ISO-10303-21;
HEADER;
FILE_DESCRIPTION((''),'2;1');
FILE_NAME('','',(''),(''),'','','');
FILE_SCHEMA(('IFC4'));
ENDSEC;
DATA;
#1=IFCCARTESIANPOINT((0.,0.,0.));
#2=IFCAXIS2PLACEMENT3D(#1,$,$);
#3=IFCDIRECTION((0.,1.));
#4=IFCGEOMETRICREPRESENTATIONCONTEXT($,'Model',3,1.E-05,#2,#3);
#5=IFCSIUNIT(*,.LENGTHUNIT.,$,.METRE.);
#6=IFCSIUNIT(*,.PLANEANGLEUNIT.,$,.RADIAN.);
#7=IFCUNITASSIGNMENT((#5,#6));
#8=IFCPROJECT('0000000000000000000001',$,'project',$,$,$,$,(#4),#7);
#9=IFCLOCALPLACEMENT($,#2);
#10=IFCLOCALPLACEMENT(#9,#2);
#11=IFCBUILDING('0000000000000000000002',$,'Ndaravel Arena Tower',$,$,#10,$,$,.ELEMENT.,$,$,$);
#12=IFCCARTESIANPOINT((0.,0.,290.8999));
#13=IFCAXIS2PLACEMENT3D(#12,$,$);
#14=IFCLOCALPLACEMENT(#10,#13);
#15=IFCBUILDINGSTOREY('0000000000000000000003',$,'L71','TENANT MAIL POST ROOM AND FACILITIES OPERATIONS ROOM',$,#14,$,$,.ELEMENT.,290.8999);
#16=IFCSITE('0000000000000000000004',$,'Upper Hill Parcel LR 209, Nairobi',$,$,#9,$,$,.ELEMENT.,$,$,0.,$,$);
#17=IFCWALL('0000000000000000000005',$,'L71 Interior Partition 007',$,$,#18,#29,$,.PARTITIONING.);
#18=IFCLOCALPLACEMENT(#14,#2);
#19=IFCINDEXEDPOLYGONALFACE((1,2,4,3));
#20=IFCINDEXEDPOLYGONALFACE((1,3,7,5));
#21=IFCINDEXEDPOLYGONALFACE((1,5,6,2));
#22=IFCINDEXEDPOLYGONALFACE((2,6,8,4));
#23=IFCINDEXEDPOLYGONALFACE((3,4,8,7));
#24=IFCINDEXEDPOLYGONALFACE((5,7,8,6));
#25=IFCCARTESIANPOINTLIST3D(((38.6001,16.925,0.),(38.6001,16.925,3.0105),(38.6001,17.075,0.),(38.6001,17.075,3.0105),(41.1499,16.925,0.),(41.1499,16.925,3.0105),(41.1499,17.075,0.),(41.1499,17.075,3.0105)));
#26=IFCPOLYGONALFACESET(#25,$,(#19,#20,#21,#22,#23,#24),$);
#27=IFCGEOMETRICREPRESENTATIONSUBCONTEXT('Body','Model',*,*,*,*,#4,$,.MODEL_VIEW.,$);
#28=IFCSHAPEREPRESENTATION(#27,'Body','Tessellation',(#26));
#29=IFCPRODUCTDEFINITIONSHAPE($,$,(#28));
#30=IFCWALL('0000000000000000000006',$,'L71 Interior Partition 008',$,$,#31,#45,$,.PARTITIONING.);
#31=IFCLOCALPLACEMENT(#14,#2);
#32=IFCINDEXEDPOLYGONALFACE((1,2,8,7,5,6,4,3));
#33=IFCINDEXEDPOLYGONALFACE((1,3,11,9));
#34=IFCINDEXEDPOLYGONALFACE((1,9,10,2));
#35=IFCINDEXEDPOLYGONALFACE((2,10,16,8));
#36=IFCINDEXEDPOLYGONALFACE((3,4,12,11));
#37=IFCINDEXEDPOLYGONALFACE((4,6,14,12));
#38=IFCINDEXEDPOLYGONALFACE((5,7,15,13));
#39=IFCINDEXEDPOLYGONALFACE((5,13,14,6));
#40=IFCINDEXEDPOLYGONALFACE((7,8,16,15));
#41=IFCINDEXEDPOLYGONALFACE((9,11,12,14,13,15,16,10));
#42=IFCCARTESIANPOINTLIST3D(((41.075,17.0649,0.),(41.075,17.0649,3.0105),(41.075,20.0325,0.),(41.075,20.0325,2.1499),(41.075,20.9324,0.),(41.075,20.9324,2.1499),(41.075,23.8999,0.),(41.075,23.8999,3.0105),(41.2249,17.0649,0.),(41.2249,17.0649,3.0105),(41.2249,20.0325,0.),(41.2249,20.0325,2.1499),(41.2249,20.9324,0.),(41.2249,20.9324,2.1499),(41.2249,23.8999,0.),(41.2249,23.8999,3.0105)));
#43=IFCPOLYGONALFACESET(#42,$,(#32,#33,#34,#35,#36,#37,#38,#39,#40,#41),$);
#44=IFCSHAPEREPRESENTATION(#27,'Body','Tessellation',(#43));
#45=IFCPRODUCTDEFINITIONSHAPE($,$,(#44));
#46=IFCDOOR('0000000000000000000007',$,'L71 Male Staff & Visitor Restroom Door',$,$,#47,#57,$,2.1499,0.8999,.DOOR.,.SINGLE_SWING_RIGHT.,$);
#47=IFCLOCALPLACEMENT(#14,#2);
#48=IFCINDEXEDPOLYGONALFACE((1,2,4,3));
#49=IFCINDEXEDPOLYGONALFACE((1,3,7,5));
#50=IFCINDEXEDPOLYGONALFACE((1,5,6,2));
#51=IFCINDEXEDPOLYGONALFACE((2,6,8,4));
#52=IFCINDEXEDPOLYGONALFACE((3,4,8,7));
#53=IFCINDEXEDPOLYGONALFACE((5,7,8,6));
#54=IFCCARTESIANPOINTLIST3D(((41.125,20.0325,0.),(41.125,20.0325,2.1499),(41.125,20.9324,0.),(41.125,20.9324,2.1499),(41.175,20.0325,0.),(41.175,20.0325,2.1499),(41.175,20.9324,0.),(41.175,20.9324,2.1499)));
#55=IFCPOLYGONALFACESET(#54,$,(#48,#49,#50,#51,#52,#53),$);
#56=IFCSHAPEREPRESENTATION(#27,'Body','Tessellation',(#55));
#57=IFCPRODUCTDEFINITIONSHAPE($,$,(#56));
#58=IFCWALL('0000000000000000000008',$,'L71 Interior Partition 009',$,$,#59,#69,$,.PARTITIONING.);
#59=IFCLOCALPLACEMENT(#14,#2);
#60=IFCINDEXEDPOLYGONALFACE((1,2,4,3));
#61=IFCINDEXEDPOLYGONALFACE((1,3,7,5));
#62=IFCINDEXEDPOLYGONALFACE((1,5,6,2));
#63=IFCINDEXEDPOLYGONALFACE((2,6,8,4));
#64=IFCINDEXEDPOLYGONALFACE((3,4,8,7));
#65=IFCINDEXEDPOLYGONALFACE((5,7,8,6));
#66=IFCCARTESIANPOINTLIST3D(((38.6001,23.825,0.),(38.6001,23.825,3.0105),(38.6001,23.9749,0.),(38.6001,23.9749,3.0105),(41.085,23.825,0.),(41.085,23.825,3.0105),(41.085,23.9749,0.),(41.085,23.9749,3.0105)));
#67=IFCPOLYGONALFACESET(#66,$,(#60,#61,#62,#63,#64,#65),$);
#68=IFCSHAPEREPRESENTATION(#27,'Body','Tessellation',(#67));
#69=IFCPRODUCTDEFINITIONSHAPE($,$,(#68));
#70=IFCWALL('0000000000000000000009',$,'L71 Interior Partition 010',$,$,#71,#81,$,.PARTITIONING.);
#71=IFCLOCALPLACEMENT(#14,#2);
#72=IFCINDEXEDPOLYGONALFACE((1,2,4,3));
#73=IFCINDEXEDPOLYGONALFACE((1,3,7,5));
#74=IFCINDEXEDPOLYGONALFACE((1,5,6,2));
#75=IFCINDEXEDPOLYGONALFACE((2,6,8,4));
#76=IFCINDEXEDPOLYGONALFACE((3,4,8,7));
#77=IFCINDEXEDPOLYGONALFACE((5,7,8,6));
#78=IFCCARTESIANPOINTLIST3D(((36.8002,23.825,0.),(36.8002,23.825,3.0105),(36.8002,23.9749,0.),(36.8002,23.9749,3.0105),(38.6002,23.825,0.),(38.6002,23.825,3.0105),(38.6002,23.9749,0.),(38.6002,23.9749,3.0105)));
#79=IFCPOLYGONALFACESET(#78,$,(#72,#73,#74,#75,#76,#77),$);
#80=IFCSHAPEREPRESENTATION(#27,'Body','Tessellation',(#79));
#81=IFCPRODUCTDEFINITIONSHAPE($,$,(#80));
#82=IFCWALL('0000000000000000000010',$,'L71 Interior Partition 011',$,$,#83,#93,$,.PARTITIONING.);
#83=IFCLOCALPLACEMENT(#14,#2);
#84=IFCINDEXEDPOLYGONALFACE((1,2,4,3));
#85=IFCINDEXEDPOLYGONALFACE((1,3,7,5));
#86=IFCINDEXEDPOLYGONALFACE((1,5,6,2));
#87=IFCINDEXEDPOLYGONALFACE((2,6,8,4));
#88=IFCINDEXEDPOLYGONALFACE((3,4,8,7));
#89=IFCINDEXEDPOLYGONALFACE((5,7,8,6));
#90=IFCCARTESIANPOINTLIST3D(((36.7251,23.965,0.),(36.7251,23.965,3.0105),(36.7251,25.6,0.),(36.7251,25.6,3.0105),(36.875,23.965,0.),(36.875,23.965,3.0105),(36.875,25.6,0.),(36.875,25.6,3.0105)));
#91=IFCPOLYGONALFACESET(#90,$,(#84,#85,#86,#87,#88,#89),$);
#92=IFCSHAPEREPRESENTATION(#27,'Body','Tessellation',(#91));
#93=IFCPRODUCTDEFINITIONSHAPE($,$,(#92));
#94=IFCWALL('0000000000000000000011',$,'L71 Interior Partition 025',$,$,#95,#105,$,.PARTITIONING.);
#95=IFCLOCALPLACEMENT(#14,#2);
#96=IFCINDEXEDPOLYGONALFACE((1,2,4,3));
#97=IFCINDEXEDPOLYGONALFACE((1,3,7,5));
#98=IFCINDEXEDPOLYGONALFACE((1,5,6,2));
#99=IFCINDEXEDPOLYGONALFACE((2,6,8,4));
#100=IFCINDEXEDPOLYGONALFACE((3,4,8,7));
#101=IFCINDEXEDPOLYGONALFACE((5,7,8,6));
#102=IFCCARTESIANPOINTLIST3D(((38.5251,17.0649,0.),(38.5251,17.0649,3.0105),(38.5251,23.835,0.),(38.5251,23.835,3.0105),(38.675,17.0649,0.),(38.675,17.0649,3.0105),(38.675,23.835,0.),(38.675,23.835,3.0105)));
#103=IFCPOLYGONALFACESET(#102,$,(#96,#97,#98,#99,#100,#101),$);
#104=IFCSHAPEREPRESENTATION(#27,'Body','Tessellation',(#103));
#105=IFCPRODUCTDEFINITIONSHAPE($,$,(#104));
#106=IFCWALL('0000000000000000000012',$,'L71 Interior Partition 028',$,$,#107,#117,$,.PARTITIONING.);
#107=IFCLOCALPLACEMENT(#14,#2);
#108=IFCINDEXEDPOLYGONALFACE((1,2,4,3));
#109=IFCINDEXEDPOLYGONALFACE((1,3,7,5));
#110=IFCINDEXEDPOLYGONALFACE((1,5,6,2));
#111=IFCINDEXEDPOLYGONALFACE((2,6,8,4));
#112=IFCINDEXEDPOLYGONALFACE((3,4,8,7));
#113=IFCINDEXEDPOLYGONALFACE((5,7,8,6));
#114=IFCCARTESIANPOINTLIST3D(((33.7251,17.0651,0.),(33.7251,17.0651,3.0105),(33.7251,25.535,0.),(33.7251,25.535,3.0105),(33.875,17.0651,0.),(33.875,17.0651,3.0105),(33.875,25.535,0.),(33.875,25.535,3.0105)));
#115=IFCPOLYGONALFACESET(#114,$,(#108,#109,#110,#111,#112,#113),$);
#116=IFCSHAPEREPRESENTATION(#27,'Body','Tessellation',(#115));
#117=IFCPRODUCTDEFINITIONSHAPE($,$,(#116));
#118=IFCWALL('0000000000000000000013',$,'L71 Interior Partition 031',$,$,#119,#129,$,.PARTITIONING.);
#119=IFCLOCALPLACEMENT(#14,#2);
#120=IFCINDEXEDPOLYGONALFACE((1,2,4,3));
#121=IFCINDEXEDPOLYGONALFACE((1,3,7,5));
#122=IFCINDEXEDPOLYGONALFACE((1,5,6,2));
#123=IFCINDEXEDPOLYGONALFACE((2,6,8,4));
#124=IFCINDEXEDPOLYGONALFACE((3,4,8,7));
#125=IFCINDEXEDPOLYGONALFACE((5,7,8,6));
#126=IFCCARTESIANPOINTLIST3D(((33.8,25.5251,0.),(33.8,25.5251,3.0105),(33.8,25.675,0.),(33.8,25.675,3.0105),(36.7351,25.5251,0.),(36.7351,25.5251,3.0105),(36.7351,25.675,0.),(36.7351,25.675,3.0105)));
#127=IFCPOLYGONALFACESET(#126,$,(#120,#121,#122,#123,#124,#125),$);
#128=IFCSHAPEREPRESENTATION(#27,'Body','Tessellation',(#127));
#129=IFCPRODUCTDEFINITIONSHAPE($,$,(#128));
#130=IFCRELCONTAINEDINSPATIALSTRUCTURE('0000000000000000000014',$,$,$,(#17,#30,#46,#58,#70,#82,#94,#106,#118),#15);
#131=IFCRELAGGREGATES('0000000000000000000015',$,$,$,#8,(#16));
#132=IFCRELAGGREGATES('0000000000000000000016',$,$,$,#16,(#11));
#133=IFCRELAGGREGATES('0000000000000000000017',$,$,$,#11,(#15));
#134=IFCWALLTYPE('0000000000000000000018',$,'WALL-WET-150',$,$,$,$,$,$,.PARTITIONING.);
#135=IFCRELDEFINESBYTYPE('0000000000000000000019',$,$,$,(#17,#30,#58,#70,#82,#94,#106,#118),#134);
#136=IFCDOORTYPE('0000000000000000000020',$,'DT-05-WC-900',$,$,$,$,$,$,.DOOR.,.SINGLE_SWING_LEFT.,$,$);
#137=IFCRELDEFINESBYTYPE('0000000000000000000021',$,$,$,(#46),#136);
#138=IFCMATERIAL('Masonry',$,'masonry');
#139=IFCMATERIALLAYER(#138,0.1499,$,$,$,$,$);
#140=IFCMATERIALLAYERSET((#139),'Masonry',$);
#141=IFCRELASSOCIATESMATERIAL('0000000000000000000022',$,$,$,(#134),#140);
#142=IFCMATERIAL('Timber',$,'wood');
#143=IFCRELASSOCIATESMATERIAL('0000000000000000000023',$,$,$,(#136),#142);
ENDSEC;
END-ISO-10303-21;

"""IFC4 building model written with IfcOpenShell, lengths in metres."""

from ifc_helpers import new_model, si_unit, direction, frame, frame_2d, origin, place, context, subcontext, project, spatial, rectangle, extrude, material, layer, layer_set, type_object, element, fill, save


model = new_model("IFC4")

# Units and contexts
model_context = context("Model", 3, precision=1e-05, world=origin(), true_north=direction((0.0, 1.0)))
body_context = subcontext(model_context, "Body", "Model", "MODEL_VIEW")
ifc_project = project(units=[si_unit("LENGTHUNIT", "METRE"), si_unit("PLANEANGLEUNIT", "RADIAN")], contexts=[model_context])

# Site, building, storey
site_placement = place(None, origin())
site = spatial("IfcSite", under=ifc_project, at=site_placement, Name="Upper Hill Parcel LR 209, Nairobi", CompositionType="ELEMENT", RefElevation=0.0)
building_placement = place(site_placement, origin())
building = spatial("IfcBuilding", under=site, at=building_placement, Name="Ndaravel Arena Tower", CompositionType="ELEMENT")
storey_placement = place(building_placement, frame((0.0, 0.0, 290.8999)))
storey = spatial("IfcBuildingStorey", under=building, at=storey_placement, Name="L71", Description="TENANT MAIL POST ROOM AND FACILITIES OPERATIONS ROOM", CompositionType="ELEMENT", Elevation=290.8999)

# Wall
ifc_material_1 = material(Name="Masonry", Category="masonry")
ifc_layer_1 = layer(ifc_material_1, 0.1499)
ifc_layer_set_1 = layer_set([ifc_layer_1], Name="Masonry")
wall_type_1 = type_object("IfcWallType", Name="WALL-WET-150", PredefinedType="PARTITIONING", material=ifc_layer_set_1)
wall_1_placement = place(storey_placement, frame((38.6001, 17.0, 0.0), z_axis=(0.0, 0.0, 1.0), x_axis=(1.0, 0.0, 0.0)))
element("IfcWall", 1, at=wall_1_placement, inside=storey, type_object=wall_type_1, Name="L71 Interior Partition 007", PredefinedType="PARTITIONING", context=body_context, shape_type="SweptSolid", body=[
    extrude(rectangle(XDim=2.5498, YDim=0.1499, at=frame_2d((1.2749, 0.0))), origin(), (0.0, 0.0, 1.0), 3.0105),
])

# Wall, opening, door
wall_2_placement = place(storey_placement, frame((41.1499, 17.0649, 0.0), z_axis=(0.0, 0.0, 1.0), x_axis=(0.0, 1.0, 0.0)))
wall_2 = element("IfcWall", 2, at=wall_2_placement, inside=storey, type_object=wall_type_1, Name="L71 Interior Partition 008", PredefinedType="PARTITIONING", context=body_context, shape_type="SweptSolid", body=[
    extrude(rectangle(XDim=6.835, YDim=0.1499, at=frame_2d((3.4175, 0.0))), origin(), (0.0, 0.0, 1.0), 3.0105),
])
opening_1_placement = place(wall_2_placement, frame((2.9675, 0.0, 0.0)))
opening_1 = element("IfcOpeningElement", 3, at=opening_1_placement, cuts=wall_2, PredefinedType="OPENING", context=body_context, shape_type="SweptSolid", body=[
    extrude(rectangle(XDim=0.8999, YDim=2.1499, at=frame_2d((0.45, 1.075))), frame((0.0, 0.075, 0.0), z_axis=(0.0, -1.0, 0.0), x_axis=(1.0, 0.0, 0.0)), (0.0, 0.0, 1.0), 0.1499),
])
ifc_material_2 = material(Name="Timber", Category="wood")
door_type_1 = type_object("IfcDoorType", Name="DT-05-WC-900", OperationType="SINGLE_SWING_LEFT", PredefinedType="DOOR", material=ifc_material_2)
door_1_placement = place(opening_1_placement, origin())
door_1 = element("IfcDoor", 4, at=door_1_placement, inside=storey, type_object=door_type_1, Name="L71 Male Staff & Visitor Restroom Door", OperationType="SINGLE_SWING_RIGHT", OverallHeight=2.1499, OverallWidth=0.8999, PredefinedType="DOOR", context=body_context, shape_type="SweptSolid", body=[
    extrude(rectangle(XDim=0.8999, YDim=2.1499, at=frame_2d((0.45, 1.075))), frame((0.0, 0.0249, 0.0), z_axis=(0.0, -1.0, 0.0), x_axis=(1.0, 0.0, 0.0)), (0.0, 0.0, 1.0), 0.05),
])
fill(opening_1, door_1)

# Walls
wall_3_placement = place(storey_placement, frame((41.085, 23.8999, 0.0), z_axis=(0.0, 0.0, 1.0), x_axis=(-1.0, 0.0, 0.0)))
element("IfcWall", 5, at=wall_3_placement, inside=storey, type_object=wall_type_1, Name="L71 Interior Partition 009", PredefinedType="PARTITIONING", context=body_context, shape_type="SweptSolid", body=[
    extrude(rectangle(XDim=2.4849, YDim=0.1499, at=frame_2d((1.2424, 0.0))), origin(), (0.0, 0.0, 1.0), 3.0105),
])
wall_4_placement = place(storey_placement, frame((38.6001, 23.8999, 0.0), z_axis=(0.0, 0.0, 1.0), x_axis=(-1.0, 0.0, 0.0)))
element("IfcWall", 6, at=wall_4_placement, inside=storey, type_object=wall_type_1, Name="L71 Interior Partition 010", PredefinedType="PARTITIONING", context=body_context, shape_type="SweptSolid", body=[
    extrude(rectangle(XDim=1.8, YDim=0.1499, at=frame_2d((0.8999, 0.0))), origin(), (0.0, 0.0, 1.0), 3.0105),
])
wall_5_placement = place(storey_placement, frame((36.8, 23.9651, 0.0), z_axis=(0.0, 0.0, 1.0), x_axis=(0.0, 1.0, 0.0)))
element("IfcWall", 7, at=wall_5_placement, inside=storey, type_object=wall_type_1, Name="L71 Interior Partition 011", PredefinedType="PARTITIONING", context=body_context, shape_type="SweptSolid", body=[
    extrude(rectangle(XDim=1.635, YDim=0.1499, at=frame_2d((0.8174, 0.0))), origin(), (0.0, 0.0, 1.0), 3.0105),
])
wall_6_placement = place(storey_placement, frame((38.6001, 17.0649, 0.0), z_axis=(0.0, 0.0, 1.0), x_axis=(0.0, 1.0, 0.0)))
element("IfcWall", 8, at=wall_6_placement, inside=storey, type_object=wall_type_1, Name="L71 Interior Partition 025", PredefinedType="PARTITIONING", context=body_context, shape_type="SweptSolid", body=[
    extrude(rectangle(XDim=6.77, YDim=0.1499, at=frame_2d((3.385, 0.0))), origin(), (0.0, 0.0, 1.0), 3.0105),
])
wall_7_placement = place(storey_placement, frame((33.8, 25.5349, 0.0), z_axis=(0.0, 0.0, 1.0), x_axis=(0.0, -1.0, 0.0)))
element("IfcWall", 9, at=wall_7_placement, inside=storey, type_object=wall_type_1, Name="L71 Interior Partition 028", PredefinedType="PARTITIONING", context=body_context, shape_type="SweptSolid", body=[
    extrude(rectangle(XDim=8.47, YDim=0.1499, at=frame_2d((4.2349, 0.0))), origin(), (0.0, 0.0, 1.0), 3.0105),
])
wall_8_placement = place(storey_placement, frame((33.8, 25.6001, 0.0), z_axis=(0.0, 0.0, 1.0), x_axis=(1.0, 0.0, 0.0)))
element("IfcWall", 10, at=wall_8_placement, inside=storey, type_object=wall_type_1, Name="L71 Interior Partition 031", PredefinedType="PARTITIONING", context=body_context, shape_type="SweptSolid", body=[
    extrude(rectangle(XDim=2.9351, YDim=0.1499, at=frame_2d((1.4675, 0.0))), origin(), (0.0, 0.0, 1.0), 3.0105),
])

save(model, "model.ifc")
